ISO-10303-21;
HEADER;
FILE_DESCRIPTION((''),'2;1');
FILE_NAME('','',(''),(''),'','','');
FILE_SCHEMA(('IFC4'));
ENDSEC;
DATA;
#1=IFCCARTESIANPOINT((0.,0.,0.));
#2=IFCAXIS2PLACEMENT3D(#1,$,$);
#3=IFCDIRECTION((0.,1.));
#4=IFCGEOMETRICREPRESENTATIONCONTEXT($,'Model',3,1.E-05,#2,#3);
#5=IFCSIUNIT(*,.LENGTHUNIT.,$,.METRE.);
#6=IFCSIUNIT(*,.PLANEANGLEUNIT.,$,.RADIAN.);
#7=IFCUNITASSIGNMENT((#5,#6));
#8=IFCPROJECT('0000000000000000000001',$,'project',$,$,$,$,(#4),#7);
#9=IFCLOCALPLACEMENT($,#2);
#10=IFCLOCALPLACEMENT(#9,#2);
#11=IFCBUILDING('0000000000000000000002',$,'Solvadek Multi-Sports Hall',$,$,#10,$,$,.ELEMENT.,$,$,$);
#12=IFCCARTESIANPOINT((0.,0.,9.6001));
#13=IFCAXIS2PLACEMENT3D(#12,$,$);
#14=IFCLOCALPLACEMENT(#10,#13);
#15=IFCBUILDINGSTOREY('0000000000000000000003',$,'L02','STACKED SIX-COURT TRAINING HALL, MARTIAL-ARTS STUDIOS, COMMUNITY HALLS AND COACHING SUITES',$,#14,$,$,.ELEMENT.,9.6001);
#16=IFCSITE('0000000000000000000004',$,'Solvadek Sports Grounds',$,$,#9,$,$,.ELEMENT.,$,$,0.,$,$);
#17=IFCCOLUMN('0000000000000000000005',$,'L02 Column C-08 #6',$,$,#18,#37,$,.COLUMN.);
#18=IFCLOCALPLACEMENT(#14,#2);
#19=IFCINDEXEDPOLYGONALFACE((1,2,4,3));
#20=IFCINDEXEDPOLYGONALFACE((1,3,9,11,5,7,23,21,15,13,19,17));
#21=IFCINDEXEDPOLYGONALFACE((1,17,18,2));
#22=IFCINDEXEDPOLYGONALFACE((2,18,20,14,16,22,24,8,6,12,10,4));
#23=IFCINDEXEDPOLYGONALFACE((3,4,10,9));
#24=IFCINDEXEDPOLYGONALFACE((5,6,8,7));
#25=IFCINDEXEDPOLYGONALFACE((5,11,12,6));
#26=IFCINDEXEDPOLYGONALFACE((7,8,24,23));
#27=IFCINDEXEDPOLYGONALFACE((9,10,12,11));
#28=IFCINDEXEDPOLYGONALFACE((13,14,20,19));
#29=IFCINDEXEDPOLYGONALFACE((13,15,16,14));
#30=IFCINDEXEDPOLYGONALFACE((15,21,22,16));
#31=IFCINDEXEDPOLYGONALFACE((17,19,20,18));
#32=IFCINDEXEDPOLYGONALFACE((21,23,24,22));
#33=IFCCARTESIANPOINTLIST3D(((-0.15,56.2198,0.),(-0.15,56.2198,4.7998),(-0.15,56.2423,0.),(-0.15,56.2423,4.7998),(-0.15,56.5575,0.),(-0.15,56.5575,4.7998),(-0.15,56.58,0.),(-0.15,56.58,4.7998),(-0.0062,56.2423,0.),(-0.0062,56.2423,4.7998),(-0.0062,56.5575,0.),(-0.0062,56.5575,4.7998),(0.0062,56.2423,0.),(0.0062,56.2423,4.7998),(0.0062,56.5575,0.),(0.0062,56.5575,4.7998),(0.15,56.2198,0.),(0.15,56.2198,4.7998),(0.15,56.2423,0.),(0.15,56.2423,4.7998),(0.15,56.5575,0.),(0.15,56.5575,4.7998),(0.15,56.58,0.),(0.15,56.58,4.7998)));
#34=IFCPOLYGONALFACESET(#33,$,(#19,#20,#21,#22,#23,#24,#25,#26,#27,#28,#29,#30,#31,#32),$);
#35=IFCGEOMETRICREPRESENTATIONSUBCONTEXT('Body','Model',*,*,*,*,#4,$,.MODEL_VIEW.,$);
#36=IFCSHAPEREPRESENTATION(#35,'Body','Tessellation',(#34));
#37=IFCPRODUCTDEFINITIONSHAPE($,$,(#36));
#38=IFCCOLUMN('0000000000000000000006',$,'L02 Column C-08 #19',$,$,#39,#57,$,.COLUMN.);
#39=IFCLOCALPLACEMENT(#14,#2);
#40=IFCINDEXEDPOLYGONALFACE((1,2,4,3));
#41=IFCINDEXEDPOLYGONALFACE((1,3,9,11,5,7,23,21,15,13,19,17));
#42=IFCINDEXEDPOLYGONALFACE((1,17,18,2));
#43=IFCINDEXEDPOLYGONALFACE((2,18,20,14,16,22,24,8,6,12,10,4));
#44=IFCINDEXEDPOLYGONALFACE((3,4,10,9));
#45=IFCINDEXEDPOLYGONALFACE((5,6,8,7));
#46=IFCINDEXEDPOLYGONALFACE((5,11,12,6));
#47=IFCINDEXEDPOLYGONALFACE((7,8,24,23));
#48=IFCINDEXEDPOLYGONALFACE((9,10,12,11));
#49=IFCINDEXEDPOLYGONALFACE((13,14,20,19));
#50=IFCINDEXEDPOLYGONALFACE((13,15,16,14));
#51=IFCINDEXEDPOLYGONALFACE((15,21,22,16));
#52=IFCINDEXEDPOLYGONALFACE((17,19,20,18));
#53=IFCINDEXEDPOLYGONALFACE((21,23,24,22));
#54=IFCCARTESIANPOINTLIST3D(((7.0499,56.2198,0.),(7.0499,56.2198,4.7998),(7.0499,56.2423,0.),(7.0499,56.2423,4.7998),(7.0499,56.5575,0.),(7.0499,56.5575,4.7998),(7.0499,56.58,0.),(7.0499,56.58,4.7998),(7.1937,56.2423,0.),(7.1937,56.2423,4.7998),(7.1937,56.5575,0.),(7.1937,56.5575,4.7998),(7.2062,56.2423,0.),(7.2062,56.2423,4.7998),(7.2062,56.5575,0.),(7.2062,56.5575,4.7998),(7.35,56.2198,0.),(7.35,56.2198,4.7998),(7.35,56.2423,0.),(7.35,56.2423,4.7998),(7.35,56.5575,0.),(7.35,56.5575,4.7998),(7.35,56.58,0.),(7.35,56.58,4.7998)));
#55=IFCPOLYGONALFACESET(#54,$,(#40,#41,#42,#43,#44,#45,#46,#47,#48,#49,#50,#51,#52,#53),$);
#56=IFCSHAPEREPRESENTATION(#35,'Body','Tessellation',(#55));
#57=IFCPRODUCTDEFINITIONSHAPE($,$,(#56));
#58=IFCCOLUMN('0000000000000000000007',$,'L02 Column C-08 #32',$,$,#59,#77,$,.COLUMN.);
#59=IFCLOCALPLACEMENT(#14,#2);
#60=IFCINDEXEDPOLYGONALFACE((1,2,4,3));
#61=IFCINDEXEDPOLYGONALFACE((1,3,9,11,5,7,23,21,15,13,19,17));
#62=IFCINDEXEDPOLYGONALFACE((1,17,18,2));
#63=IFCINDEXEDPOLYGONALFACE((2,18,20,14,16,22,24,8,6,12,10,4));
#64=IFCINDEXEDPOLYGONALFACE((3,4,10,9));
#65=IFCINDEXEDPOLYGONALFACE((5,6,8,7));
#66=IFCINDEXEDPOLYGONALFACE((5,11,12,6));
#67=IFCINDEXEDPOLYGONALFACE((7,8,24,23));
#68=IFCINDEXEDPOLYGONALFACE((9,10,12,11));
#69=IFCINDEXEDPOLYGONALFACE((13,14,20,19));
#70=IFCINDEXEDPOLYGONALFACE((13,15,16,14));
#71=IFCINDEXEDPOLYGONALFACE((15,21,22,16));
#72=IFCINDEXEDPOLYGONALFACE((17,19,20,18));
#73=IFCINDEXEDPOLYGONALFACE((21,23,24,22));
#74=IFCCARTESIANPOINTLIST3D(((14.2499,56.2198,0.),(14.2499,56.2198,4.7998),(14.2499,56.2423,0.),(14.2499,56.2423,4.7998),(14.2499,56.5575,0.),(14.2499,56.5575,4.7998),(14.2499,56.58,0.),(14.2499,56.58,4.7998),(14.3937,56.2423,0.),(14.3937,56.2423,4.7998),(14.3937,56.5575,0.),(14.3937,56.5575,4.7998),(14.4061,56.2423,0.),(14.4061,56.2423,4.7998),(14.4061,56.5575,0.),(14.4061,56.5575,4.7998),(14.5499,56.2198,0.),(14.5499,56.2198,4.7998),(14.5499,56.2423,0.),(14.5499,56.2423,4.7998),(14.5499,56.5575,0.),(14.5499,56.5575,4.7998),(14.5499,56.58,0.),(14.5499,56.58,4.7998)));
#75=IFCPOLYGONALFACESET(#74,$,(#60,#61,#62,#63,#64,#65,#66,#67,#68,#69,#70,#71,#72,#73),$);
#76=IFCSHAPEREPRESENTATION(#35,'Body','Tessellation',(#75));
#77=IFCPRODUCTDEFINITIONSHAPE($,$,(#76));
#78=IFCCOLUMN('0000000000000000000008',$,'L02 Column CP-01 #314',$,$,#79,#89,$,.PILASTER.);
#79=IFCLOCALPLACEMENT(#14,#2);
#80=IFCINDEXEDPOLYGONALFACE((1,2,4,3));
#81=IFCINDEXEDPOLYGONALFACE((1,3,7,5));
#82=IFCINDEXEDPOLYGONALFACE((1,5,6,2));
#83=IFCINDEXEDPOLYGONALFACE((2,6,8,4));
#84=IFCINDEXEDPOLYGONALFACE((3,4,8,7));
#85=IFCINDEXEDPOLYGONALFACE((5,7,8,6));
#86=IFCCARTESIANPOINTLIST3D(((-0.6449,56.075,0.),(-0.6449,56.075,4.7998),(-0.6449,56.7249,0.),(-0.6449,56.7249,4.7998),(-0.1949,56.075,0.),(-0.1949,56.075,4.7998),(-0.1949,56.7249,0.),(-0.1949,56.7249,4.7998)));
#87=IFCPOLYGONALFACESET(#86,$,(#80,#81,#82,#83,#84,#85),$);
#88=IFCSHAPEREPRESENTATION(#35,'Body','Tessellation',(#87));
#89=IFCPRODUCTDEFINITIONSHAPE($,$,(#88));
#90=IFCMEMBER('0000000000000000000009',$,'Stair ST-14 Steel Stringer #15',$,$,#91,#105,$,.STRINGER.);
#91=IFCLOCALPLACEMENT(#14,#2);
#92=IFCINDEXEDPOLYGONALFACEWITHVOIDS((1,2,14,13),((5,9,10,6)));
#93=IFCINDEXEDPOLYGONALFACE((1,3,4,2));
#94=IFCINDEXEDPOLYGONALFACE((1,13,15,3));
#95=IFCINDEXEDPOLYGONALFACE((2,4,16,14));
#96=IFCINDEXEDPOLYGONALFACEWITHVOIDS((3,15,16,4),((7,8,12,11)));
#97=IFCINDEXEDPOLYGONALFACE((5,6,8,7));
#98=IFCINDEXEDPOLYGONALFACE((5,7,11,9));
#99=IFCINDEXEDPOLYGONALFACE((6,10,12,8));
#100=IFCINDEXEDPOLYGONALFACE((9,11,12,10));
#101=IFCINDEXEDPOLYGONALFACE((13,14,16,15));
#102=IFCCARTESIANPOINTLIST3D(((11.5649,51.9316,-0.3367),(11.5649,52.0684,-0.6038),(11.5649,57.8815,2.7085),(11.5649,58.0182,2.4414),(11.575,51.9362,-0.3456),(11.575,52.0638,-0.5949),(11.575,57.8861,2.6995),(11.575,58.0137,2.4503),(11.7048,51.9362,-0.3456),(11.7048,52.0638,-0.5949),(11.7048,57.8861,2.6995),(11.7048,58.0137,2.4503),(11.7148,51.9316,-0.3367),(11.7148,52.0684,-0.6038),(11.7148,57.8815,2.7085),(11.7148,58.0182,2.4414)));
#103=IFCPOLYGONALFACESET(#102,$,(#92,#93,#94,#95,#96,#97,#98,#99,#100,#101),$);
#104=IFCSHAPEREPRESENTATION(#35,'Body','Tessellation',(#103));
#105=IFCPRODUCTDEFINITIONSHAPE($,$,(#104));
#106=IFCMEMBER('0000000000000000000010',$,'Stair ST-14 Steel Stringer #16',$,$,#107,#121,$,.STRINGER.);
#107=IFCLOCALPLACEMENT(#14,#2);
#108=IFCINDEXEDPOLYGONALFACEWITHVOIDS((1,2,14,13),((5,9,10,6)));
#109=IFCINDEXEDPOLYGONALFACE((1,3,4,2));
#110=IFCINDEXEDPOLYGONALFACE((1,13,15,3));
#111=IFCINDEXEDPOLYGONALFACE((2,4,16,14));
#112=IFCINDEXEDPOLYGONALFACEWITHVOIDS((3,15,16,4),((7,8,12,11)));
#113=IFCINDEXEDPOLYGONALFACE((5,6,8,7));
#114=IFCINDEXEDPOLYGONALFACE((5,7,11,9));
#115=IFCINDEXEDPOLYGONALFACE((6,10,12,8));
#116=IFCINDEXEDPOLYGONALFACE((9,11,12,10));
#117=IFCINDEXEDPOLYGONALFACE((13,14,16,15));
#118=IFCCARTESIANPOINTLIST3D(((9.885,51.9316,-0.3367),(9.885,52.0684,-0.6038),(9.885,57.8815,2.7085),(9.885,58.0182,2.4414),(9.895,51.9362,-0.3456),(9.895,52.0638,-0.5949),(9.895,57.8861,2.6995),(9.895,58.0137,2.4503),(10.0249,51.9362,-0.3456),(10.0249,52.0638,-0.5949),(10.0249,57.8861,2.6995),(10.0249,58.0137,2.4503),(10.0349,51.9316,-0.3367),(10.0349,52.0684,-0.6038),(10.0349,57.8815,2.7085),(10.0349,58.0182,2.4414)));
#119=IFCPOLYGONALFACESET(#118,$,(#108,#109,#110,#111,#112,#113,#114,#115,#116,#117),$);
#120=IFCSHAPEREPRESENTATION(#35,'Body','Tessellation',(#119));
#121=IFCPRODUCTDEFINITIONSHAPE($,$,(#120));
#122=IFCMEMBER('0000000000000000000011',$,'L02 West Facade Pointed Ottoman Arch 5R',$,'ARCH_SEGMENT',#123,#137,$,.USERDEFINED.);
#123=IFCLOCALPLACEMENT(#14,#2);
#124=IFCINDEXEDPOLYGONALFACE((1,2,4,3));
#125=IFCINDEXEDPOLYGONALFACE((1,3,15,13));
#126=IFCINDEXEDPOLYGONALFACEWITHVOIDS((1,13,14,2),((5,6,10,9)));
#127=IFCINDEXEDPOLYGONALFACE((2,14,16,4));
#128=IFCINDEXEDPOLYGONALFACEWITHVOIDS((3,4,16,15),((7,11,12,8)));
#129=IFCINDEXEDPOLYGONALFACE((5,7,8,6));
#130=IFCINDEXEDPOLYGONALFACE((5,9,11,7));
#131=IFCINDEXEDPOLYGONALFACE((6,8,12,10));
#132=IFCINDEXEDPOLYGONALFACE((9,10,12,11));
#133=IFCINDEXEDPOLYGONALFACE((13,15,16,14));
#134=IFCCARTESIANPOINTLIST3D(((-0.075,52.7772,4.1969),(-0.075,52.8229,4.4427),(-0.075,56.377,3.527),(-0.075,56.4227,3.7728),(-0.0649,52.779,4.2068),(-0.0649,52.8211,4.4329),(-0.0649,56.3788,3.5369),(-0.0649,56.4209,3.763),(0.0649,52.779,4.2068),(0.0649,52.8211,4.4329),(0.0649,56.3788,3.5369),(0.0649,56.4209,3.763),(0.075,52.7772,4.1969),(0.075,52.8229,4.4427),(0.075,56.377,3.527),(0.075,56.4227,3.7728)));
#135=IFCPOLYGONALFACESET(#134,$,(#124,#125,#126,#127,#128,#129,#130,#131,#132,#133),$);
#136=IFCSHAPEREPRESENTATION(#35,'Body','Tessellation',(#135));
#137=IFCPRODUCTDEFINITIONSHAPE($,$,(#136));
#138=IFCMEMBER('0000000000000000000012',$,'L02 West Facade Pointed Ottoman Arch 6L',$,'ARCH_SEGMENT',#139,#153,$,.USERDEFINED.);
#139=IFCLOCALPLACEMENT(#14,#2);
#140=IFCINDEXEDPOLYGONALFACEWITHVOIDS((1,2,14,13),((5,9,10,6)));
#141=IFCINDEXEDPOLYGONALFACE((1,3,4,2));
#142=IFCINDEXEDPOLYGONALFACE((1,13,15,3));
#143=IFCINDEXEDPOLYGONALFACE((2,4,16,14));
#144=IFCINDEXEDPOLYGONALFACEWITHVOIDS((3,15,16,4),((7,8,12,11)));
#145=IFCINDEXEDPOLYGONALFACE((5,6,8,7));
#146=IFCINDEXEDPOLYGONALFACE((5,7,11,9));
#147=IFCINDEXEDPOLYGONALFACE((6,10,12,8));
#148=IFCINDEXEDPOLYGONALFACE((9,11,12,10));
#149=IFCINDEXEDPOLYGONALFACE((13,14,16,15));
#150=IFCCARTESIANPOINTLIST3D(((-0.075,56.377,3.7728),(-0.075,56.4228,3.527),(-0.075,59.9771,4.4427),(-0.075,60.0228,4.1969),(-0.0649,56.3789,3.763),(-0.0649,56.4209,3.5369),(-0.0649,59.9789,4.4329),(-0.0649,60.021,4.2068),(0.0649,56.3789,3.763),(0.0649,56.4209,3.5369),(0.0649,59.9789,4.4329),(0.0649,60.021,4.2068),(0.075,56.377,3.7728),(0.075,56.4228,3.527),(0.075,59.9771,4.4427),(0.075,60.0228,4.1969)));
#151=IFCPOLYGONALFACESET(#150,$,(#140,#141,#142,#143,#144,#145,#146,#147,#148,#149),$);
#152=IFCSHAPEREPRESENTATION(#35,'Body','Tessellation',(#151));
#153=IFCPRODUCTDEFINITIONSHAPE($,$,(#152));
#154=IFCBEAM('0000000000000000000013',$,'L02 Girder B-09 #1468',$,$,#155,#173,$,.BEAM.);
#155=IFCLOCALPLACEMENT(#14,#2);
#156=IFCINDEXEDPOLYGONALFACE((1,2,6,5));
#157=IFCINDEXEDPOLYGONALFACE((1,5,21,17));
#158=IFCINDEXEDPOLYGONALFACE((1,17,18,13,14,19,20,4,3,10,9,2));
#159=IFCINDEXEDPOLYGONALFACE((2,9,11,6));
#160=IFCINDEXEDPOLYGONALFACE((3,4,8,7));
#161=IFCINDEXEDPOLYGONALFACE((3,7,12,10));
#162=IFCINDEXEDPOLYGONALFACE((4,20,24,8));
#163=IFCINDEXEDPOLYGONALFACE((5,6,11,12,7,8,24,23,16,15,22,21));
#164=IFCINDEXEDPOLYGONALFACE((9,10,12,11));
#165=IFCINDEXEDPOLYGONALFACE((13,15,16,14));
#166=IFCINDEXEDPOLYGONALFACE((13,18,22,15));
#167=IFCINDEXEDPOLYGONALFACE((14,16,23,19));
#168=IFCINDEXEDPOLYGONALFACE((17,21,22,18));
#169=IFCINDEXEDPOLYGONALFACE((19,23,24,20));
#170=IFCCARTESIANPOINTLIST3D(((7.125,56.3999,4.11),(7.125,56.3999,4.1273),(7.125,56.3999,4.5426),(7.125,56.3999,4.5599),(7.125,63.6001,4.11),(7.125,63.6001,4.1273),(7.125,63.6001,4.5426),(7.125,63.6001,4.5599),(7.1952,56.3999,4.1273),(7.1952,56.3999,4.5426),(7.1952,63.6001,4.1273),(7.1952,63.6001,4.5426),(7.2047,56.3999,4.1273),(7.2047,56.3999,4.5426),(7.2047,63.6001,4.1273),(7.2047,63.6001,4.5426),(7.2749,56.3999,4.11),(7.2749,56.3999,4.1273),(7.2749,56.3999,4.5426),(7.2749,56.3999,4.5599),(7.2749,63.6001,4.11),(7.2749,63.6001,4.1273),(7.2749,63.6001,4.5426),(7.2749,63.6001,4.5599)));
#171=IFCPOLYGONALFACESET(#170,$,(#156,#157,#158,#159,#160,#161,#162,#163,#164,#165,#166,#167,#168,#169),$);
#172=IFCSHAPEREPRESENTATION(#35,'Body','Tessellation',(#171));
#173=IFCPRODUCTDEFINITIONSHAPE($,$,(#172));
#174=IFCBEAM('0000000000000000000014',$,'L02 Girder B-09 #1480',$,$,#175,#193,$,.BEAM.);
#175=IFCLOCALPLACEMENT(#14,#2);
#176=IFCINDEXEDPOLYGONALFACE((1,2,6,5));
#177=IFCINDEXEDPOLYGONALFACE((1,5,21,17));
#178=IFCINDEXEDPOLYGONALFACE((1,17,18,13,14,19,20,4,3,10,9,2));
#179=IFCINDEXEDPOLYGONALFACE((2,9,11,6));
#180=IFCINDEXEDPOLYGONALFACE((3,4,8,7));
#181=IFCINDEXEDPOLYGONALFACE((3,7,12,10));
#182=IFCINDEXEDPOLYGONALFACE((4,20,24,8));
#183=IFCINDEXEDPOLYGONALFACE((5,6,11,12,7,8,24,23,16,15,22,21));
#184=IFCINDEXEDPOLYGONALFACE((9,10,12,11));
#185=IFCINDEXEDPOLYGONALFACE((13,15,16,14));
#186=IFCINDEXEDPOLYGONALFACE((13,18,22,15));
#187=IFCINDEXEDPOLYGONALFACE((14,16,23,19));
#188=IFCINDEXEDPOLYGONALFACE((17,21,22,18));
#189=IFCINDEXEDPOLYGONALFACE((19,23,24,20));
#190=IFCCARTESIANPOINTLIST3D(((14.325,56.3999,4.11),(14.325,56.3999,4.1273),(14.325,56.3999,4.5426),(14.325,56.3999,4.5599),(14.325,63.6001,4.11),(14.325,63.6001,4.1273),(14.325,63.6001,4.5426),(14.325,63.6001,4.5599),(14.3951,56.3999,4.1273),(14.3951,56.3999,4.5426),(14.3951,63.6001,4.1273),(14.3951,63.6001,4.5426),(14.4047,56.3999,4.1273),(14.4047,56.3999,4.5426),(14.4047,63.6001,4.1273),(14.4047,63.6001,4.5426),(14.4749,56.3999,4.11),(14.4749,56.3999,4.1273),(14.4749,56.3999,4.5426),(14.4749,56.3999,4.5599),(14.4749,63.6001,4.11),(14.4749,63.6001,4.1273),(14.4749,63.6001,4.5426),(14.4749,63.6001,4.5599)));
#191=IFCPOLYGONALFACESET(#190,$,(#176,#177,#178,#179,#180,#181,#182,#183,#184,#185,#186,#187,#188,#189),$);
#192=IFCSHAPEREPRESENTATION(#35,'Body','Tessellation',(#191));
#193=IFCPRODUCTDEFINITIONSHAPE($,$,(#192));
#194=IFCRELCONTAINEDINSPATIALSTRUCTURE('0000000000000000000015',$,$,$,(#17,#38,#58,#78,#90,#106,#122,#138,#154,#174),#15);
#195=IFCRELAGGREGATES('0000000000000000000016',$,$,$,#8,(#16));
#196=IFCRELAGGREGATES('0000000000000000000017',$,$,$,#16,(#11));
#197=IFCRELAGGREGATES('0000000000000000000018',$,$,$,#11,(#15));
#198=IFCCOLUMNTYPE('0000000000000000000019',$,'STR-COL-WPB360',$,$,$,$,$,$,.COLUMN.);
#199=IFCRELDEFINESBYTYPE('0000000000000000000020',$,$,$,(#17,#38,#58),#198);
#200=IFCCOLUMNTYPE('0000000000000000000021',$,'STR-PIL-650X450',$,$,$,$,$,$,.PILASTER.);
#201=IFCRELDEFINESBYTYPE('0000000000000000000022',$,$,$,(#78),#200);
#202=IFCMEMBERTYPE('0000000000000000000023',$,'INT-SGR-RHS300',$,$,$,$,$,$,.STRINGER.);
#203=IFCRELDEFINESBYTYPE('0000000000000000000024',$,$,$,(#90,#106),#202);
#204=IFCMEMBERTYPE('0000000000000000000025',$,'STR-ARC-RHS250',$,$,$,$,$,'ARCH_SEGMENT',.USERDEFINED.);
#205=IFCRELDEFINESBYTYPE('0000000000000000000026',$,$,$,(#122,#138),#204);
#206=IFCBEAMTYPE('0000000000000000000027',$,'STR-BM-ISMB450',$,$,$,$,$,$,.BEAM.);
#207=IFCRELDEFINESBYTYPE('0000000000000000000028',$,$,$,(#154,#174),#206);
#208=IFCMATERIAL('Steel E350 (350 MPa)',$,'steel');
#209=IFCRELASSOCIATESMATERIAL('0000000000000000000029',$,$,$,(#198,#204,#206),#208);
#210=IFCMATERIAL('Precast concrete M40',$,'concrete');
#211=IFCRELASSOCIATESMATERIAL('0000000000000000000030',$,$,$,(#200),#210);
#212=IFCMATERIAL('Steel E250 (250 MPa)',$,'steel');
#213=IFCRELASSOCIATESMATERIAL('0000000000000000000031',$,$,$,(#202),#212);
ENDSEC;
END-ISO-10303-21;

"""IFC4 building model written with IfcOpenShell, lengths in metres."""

from ifc_helpers import new_model, si_unit, direction, frame, origin, origin_2d, place, context, subcontext, project, spatial, rectangle, hollow_rectangle, i_section, extrude, material, material_profile, profile_set, type_object, element, save


model = new_model("IFC4")

# Units and contexts
model_context = context("Model", 3, precision=1e-05, world=origin(), true_north=direction((0.0, 1.0)))
body_context = subcontext(model_context, "Body", "Model", "MODEL_VIEW")
ifc_project = project(units=[si_unit("LENGTHUNIT", "METRE"), si_unit("PLANEANGLEUNIT", "RADIAN")], contexts=[model_context])

# Site, building, storey
site_placement = place(None, origin())
site = spatial("IfcSite", under=ifc_project, at=site_placement, Name="Solvadek Sports Grounds", CompositionType="ELEMENT", RefElevation=0.0)
building_placement = place(site_placement, origin())
building = spatial("IfcBuilding", under=site, at=building_placement, Name="Solvadek Multi-Sports Hall", CompositionType="ELEMENT")
storey_placement = place(building_placement, frame((0.0, 0.0, 9.6001)))
storey = spatial("IfcBuildingStorey", under=building, at=storey_placement, Name="L02", Description="STACKED SIX-COURT TRAINING HALL, MARTIAL-ARTS STUDIOS, COMMUNITY HALLS AND COACHING SUITES", CompositionType="ELEMENT", Elevation=9.6001)

# Columns
ifc_material_1 = material(Name="Steel E350 (350 MPa)", Category="steel")
ifc_material_profile_1 = material_profile(ifc_material_1, i_section(OverallWidth=0.3, OverallDepth=0.3601, WebThickness=0.0125, FlangeThickness=0.0225, at=origin_2d()), Name="WPB 360")
ifc_profile_set_1 = profile_set([ifc_material_profile_1], Name="Steel E350 (350 MPa)")
column_type_1 = type_object("IfcColumnType", Name="STR-COL-WPB360", PredefinedType="COLUMN", material=ifc_profile_set_1)
for number, where, z_axis, x_axis, name in (
    (1, (0.0, 56.3999, 0.0), (0.0, 0.0, 1.0), (1.0, 0.0, 0.0), "L02 Column C-08 #6"),
    (2, (7.2, 56.3999, 0.0), (0.0, 0.0, 1.0), (1.0, 0.0, 0.0), "L02 Column C-08 #19"),
    (3, (14.3999, 56.3999, 0.0), (0.0, 0.0, 1.0), (1.0, 0.0, 0.0), "L02 Column C-08 #32"),
):
    element("IfcColumn", number, at=place(storey_placement, frame(where, z_axis=z_axis, x_axis=x_axis)), inside=storey, type_object=column_type_1, Name=name, PredefinedType="COLUMN", context=body_context, shape_type="SweptSolid", body=[
        extrude(i_section(OverallWidth=0.3, OverallDepth=0.3601, WebThickness=0.0125, FlangeThickness=0.0225, at=origin_2d()), origin(), (0.0, 0.0, 1.0), 4.7998),
    ])
ifc_material_2 = material(Name="Precast concrete M40", Category="concrete")
ifc_material_profile_2 = material_profile(ifc_material_2, rectangle(XDim=0.45, YDim=0.6499, at=origin_2d()), Name="RC PILASTER 650x450")
ifc_profile_set_2 = profile_set([ifc_material_profile_2], Name="Precast concrete M40")
column_type_2 = type_object("IfcColumnType", Name="STR-PIL-650X450", PredefinedType="PILASTER", material=ifc_profile_set_2)
column_placement = place(storey_placement, frame((-0.4199, 56.3999, 0.0), z_axis=(0.0, 0.0, 1.0), x_axis=(1.0, 0.0, 0.0)))
element("IfcColumn", 4, at=column_placement, inside=storey, type_object=column_type_2, Name="L02 Column CP-01 #314", PredefinedType="PILASTER", context=body_context, shape_type="SweptSolid", body=[
    extrude(rectangle(XDim=0.45, YDim=0.6499, at=origin_2d()), origin(), (0.0, 0.0, 1.0), 4.7998),
])

# Members
ifc_material_3 = material(Name="Steel E250 (250 MPa)", Category="steel")
ifc_material_profile_3 = material_profile(ifc_material_3, hollow_rectangle(XDim=0.1499, YDim=0.3, WallThickness=0.01, at=origin_2d()), Name="RHS 300x150x10")
ifc_profile_set_3 = profile_set([ifc_material_profile_3], Name="Steel E250 (250 MPa)")
member_type_1 = type_object("IfcMemberType", Name="INT-SGR-RHS300", PredefinedType="STRINGER", material=ifc_profile_set_3)
for number, where, z_axis, x_axis, name in (
    (5, (11.6399, 52.0, -0.4702), (0.0, 0.890187, 0.455595), (-1.0, 0.0, 0.0), "Stair ST-14 Steel Stringer #15"),
    (6, (9.96, 52.0, -0.4702), (0.0, 0.890187, 0.455595), (-1.0, 0.0, 0.0), "Stair ST-14 Steel Stringer #16"),
):
    element("IfcMember", number, at=place(storey_placement, frame(where, z_axis=z_axis, x_axis=x_axis)), inside=storey, type_object=member_type_1, Name=name, PredefinedType="STRINGER", context=body_context, shape_type="SweptSolid", body=[
        extrude(hollow_rectangle(XDim=0.1499, YDim=0.3, WallThickness=0.01, at=origin_2d()), origin(), (0.0, 0.0, 1.0), 6.6838),
    ])
ifc_material_profile_4 = material_profile(ifc_material_1, hollow_rectangle(XDim=0.1499, YDim=0.25, WallThickness=0.01, at=origin_2d()), Name="RHS 250x150x10")
ifc_profile_set_4 = profile_set([ifc_material_profile_4], Name="Steel E350 (350 MPa)")
member_type_2 = type_object("IfcMemberType", Name="STR-ARC-RHS250", ElementType="ARCH_SEGMENT", PredefinedType="USERDEFINED", material=ifc_profile_set_4)
member_1_placement = place(storey_placement, frame((0.0, 52.8, 4.3198), z_axis=(0.0, 0.983121, -0.182956), x_axis=(-1.0, 0.0, 0.0)))
element("IfcMember", 7, at=member_1_placement, inside=storey, type_object=member_type_2, Name="L02 West Facade Pointed Ottoman Arch 5R", ObjectType="ARCH_SEGMENT", PredefinedType="USERDEFINED", context=body_context, shape_type="SweptSolid", body=[
    extrude(hollow_rectangle(XDim=0.1499, YDim=0.25, WallThickness=0.01, at=origin_2d()), origin(), (0.0, 0.0, 1.0), 3.6616),
])
member_2_placement = place(storey_placement, frame((0.0, 56.3999, 3.6499), z_axis=(0.0, 0.983123, 0.182944), x_axis=(-1.0, 0.0, 0.0)))
element("IfcMember", 8, at=member_2_placement, inside=storey, type_object=member_type_2, Name="L02 West Facade Pointed Ottoman Arch 6L", ObjectType="ARCH_SEGMENT", PredefinedType="USERDEFINED", context=body_context, shape_type="SweptSolid", body=[
    extrude(hollow_rectangle(XDim=0.1499, YDim=0.25, WallThickness=0.01, at=origin_2d()), origin(), (0.0, 0.0, 1.0), 3.6619),
])

# Beams
ifc_material_profile_5 = material_profile(ifc_material_1, i_section(OverallWidth=0.1499, OverallDepth=0.45, WebThickness=0.0095, FlangeThickness=0.0173, at=origin_2d()), Name="ISMB 450")
ifc_profile_set_5 = profile_set([ifc_material_profile_5], Name="Steel E350 (350 MPa)")
beam_type_1 = type_object("IfcBeamType", Name="STR-BM-ISMB450", PredefinedType="BEAM", material=ifc_profile_set_5)
for number, where, z_axis, x_axis, name in (
    (9, (7.2, 56.3999, 4.335), (0.0, 1.0, 0.0), (-1.0, 0.0, 0.0), "L02 Girder B-09 #1468"),
    (10, (14.3999, 56.3999, 4.335), (0.0, 1.0, 0.0), (-1.0, 0.0, 0.0), "L02 Girder B-09 #1480"),
):
    element("IfcBeam", number, at=place(storey_placement, frame(where, z_axis=z_axis, x_axis=x_axis)), inside=storey, type_object=beam_type_1, Name=name, PredefinedType="BEAM", context=body_context, shape_type="SweptSolid", body=[
        extrude(i_section(OverallWidth=0.1499, OverallDepth=0.45, WebThickness=0.0095, FlangeThickness=0.0173, at=origin_2d()), origin(), (0.0, 0.0, 1.0), 7.2002),
    ])

save(model, "model.ifc")
